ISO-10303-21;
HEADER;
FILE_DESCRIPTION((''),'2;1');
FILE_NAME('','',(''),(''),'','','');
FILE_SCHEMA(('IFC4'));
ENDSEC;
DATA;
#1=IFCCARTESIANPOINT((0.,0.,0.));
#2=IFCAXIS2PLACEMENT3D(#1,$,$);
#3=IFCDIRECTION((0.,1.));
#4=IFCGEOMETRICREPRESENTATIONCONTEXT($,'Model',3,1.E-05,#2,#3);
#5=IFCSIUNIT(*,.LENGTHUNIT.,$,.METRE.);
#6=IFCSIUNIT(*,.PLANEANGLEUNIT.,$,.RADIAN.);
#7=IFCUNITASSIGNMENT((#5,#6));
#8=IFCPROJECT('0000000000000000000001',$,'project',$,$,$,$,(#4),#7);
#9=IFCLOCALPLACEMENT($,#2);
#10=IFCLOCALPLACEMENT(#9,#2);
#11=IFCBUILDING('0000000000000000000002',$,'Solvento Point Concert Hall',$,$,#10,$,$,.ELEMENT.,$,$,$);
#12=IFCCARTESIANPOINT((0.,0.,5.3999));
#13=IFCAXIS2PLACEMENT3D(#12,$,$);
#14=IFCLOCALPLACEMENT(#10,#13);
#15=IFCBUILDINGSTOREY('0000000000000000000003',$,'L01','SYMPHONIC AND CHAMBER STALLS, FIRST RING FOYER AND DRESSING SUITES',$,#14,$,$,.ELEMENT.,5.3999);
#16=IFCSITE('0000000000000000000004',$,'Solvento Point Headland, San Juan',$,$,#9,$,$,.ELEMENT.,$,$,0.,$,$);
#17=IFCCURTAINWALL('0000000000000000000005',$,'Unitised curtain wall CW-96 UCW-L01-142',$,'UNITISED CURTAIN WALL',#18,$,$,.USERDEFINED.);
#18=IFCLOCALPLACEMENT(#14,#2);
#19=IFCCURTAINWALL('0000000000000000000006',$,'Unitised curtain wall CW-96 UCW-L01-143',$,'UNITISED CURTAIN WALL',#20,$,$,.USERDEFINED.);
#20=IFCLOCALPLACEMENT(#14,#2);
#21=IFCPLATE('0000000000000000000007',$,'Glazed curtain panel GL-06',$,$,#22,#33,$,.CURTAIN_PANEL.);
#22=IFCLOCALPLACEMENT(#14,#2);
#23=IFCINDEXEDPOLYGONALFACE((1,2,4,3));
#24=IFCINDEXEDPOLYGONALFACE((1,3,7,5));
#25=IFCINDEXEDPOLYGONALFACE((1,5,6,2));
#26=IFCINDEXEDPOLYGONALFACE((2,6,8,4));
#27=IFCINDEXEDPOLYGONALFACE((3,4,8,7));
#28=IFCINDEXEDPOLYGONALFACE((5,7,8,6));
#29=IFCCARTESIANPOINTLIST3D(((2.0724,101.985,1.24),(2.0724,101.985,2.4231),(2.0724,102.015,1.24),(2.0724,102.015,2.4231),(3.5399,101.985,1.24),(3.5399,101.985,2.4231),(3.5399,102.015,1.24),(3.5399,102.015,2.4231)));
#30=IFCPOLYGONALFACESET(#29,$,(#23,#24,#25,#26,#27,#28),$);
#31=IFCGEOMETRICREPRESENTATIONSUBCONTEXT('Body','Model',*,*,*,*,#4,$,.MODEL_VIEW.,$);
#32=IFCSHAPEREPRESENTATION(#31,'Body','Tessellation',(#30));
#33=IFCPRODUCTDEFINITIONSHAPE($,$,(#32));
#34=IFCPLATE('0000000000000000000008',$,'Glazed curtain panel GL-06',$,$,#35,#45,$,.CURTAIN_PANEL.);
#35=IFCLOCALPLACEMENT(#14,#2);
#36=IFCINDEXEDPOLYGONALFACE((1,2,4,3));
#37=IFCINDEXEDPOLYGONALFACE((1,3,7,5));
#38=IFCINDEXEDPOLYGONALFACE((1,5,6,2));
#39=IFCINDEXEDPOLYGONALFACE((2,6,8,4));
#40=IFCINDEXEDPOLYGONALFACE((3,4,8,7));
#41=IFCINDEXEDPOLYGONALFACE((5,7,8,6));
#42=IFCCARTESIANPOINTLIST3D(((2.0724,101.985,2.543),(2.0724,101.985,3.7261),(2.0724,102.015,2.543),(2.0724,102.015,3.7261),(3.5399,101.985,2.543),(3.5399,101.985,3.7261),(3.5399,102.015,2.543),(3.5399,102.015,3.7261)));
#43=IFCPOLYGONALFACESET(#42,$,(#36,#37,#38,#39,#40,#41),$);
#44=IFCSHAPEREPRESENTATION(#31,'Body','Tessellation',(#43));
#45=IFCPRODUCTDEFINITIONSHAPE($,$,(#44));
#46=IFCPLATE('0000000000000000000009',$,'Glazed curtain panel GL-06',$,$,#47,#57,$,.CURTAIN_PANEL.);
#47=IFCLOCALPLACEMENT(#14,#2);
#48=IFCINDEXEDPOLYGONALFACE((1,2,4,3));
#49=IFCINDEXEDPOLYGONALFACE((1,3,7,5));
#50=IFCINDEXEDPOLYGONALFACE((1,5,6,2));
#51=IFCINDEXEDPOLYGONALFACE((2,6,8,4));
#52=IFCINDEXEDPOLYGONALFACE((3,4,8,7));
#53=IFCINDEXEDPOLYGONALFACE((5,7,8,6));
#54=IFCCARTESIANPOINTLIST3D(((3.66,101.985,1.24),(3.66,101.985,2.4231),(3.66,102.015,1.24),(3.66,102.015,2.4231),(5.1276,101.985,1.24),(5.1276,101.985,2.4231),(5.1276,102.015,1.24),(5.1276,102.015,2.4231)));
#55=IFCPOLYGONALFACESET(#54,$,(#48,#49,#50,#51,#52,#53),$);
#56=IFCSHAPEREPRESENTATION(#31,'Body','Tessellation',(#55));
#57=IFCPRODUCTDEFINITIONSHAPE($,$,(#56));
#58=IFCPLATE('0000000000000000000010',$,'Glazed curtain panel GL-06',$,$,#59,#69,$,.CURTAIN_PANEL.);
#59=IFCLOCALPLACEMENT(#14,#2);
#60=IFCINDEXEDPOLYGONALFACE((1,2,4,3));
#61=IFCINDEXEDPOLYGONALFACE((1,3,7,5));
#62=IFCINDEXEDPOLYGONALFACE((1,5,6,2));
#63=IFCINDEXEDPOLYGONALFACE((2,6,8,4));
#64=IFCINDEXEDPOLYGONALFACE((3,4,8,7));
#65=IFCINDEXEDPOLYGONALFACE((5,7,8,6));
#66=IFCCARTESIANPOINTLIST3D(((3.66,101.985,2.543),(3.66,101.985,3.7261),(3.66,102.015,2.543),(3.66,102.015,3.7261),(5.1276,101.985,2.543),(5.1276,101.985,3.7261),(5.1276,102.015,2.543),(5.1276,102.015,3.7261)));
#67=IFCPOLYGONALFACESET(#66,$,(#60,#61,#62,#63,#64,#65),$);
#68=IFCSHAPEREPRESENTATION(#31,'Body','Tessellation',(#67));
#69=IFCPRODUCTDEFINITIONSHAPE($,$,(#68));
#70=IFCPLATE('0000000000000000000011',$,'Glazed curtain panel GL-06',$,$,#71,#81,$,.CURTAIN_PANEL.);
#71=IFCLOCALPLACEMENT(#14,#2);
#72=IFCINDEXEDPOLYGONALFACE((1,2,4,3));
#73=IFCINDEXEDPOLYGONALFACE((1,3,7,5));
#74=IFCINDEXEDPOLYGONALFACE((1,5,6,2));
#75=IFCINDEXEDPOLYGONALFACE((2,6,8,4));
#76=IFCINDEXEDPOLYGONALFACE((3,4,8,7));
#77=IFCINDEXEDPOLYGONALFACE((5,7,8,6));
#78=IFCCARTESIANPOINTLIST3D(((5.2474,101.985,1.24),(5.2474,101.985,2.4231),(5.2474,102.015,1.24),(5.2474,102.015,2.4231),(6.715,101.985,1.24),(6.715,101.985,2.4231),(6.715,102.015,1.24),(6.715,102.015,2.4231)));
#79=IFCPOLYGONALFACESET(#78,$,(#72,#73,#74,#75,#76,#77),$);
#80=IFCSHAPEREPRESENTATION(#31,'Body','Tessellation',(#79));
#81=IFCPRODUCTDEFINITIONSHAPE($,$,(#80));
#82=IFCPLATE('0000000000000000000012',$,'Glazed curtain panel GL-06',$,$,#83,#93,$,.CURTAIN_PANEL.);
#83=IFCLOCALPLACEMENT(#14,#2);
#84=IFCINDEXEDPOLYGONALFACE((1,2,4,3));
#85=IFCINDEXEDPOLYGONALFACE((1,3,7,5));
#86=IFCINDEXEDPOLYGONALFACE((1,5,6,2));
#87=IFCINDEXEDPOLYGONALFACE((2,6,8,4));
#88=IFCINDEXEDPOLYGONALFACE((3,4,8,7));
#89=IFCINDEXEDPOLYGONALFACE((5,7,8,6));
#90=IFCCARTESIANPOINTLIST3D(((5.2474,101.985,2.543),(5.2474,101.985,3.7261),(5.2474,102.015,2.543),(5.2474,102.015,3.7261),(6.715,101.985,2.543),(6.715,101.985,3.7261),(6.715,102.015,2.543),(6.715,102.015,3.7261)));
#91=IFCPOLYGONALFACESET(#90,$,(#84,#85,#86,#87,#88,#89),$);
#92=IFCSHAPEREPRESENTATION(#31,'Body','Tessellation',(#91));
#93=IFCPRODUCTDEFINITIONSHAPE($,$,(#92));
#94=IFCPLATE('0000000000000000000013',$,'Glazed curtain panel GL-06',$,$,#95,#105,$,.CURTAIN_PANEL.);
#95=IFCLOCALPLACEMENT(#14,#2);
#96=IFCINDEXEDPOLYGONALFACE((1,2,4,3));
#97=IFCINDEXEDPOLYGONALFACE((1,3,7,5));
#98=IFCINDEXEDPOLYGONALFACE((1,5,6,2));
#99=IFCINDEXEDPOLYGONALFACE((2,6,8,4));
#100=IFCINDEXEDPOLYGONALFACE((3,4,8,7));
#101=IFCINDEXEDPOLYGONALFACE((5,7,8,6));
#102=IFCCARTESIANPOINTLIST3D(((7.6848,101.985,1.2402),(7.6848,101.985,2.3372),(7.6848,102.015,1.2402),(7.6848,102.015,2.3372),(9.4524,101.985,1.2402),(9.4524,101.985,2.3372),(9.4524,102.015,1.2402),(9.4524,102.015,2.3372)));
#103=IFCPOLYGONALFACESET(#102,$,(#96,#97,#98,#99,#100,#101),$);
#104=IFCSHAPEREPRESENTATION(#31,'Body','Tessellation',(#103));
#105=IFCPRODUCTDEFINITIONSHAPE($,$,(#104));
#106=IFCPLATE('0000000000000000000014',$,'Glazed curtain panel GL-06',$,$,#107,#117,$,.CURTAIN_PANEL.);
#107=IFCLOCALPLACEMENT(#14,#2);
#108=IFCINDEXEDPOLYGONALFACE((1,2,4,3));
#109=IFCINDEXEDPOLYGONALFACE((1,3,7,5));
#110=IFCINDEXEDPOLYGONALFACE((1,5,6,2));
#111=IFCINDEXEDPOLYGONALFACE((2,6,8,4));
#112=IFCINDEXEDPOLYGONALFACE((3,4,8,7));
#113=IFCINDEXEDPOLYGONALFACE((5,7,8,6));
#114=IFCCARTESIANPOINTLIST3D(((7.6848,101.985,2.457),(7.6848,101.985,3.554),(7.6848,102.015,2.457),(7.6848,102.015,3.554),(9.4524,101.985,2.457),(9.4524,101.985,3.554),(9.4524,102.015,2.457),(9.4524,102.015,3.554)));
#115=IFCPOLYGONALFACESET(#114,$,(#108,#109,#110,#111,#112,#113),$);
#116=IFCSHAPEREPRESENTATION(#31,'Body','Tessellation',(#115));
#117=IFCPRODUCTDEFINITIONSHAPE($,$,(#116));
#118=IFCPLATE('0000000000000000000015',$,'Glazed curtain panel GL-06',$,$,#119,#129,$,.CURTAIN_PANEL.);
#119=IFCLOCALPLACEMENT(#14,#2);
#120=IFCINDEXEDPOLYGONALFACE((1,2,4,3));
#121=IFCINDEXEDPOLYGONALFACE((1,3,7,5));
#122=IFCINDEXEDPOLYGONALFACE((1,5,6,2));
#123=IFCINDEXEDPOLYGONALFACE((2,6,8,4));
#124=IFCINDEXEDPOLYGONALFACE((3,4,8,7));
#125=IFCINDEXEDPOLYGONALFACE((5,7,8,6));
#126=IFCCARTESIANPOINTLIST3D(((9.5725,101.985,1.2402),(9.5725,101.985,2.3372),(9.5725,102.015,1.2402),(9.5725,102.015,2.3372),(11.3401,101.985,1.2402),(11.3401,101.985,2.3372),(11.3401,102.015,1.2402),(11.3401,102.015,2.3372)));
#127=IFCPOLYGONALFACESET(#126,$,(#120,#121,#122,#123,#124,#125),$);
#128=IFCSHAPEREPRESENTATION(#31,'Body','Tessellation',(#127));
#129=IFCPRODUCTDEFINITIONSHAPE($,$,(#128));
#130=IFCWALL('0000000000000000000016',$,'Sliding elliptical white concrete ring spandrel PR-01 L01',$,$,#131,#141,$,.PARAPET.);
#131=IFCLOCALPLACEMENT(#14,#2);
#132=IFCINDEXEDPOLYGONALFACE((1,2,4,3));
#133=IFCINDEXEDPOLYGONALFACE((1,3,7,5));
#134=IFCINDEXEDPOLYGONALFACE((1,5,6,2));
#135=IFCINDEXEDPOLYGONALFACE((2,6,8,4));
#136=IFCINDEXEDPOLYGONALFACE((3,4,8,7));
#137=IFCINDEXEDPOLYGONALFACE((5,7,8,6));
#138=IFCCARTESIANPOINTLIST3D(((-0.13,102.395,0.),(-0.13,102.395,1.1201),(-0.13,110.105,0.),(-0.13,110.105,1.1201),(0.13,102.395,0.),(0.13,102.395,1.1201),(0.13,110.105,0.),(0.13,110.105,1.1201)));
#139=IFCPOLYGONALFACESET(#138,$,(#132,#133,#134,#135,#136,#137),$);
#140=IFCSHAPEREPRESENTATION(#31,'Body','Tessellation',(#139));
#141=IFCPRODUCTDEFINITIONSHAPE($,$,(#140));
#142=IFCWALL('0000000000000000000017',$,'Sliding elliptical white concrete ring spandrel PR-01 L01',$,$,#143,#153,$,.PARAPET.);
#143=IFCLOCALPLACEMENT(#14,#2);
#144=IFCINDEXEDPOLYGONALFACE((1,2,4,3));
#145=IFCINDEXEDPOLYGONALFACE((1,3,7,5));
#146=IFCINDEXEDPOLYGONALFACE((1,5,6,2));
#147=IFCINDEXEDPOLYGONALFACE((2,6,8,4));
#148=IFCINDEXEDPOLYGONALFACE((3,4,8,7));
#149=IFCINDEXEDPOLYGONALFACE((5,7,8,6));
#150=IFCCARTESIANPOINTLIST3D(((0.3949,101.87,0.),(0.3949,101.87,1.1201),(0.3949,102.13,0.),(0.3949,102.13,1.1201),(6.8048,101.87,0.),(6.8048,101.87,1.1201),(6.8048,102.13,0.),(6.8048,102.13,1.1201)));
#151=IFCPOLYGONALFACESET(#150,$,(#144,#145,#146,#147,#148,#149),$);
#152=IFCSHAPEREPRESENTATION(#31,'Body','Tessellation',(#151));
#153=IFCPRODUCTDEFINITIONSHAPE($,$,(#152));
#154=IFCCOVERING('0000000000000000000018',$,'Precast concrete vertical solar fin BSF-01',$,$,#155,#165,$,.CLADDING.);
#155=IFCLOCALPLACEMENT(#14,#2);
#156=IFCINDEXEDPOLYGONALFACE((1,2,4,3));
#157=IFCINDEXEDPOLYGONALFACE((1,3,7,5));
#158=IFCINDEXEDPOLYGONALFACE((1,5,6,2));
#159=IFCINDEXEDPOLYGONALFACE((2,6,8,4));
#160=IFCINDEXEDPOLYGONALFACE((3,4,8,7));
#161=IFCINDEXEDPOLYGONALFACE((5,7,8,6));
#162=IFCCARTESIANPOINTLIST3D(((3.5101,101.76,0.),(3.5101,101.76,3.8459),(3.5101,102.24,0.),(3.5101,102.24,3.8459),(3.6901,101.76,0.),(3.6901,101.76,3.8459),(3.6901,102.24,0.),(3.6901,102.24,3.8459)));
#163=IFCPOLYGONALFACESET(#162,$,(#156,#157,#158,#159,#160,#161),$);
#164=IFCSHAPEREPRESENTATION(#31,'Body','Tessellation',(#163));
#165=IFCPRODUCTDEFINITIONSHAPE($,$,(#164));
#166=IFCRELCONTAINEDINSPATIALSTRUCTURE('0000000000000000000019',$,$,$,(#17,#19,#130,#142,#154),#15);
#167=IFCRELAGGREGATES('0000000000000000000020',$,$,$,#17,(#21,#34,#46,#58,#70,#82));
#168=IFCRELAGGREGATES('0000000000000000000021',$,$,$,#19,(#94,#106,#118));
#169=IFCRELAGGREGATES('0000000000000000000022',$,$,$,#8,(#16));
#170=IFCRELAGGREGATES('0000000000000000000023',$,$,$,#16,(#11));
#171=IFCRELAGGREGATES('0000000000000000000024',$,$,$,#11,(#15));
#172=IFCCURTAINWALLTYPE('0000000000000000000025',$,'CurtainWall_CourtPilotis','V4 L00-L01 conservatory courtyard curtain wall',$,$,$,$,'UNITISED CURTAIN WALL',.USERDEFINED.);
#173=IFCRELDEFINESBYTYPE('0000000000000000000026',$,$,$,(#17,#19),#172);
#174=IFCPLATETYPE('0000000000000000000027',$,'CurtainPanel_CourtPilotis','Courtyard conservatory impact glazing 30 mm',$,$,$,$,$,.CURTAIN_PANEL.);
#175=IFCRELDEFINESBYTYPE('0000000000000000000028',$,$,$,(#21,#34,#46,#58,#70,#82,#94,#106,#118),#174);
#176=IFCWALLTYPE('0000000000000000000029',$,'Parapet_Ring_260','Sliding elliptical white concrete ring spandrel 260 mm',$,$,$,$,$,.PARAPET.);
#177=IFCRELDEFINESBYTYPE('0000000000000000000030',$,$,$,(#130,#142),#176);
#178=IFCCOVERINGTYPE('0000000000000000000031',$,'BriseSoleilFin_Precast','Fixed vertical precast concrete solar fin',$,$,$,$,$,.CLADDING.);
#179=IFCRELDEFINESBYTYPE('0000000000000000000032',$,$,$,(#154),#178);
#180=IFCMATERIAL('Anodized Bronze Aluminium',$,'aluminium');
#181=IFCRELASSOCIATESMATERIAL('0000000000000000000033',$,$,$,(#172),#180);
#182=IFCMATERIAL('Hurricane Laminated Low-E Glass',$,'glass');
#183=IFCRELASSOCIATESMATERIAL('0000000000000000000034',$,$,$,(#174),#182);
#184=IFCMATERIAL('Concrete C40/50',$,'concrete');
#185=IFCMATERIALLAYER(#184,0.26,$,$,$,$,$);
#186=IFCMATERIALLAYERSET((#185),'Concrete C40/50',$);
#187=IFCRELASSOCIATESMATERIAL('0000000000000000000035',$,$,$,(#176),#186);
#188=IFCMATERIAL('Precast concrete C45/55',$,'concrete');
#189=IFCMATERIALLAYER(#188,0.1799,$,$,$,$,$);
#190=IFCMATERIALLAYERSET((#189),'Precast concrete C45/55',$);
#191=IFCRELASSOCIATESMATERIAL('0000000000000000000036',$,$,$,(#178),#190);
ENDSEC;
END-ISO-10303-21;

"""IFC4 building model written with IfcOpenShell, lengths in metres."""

from ifc_helpers import new_model, si_unit, direction, frame, frame_2d, origin, origin_2d, place, context, subcontext, project, spatial, rectangle, extrude, material, layer, layer_set, type_object, element, aggregate, save


model = new_model("IFC4")

# Units and contexts
model_context = context("Model", 3, precision=1e-05, world=origin(), true_north=direction((0.0, 1.0)))
body_context = subcontext(model_context, "Body", "Model", "MODEL_VIEW")
ifc_project = project(units=[si_unit("LENGTHUNIT", "METRE"), si_unit("PLANEANGLEUNIT", "RADIAN")], contexts=[model_context])

# Site, building, storey
site_placement = place(None, origin())
site = spatial("IfcSite", under=ifc_project, at=site_placement, Name="Solvento Point Headland, San Juan", CompositionType="ELEMENT", RefElevation=0.0)
building_placement = place(site_placement, origin())
building = spatial("IfcBuilding", under=site, at=building_placement, Name="Solvento Point Concert Hall", CompositionType="ELEMENT")
storey_placement = place(building_placement, frame((0.0, 0.0, 5.3999)))
storey = spatial("IfcBuildingStorey", under=building, at=storey_placement, Name="L01", Description="SYMPHONIC AND CHAMBER STALLS, FIRST RING FOYER AND DRESSING SUITES", CompositionType="ELEMENT", Elevation=5.3999)

# Curtain walls
ifc_material_1 = material(Name="Anodized Bronze Aluminium", Category="aluminium")
curtain_wall_type = type_object("IfcCurtainWallType", Name="CurtainWall_CourtPilotis", Description="V4 L00-L01 conservatory courtyard curtain wall", ElementType="UNITISED CURTAIN WALL", PredefinedType="USERDEFINED", material=ifc_material_1)
curtain_wall_1_placement = place(storey_placement, origin())
curtain_wall_1 = element("IfcCurtainWall", 1, at=curtain_wall_1_placement, inside=storey, type_object=curtain_wall_type, Name="Unitised curtain wall CW-96 UCW-L01-142", ObjectType="UNITISED CURTAIN WALL", PredefinedType="USERDEFINED")
curtain_wall_2_placement = place(storey_placement, origin())
curtain_wall_2 = element("IfcCurtainWall", 2, at=curtain_wall_2_placement, inside=storey, type_object=curtain_wall_type, Name="Unitised curtain wall CW-96 UCW-L01-143", ObjectType="UNITISED CURTAIN WALL", PredefinedType="USERDEFINED")

# Plates
ifc_material_2 = material(Name="Hurricane Laminated Low-E Glass", Category="glass")
plate_type = type_object("IfcPlateType", Name="CurtainPanel_CourtPilotis", Description="Courtyard conservatory impact glazing 30 mm", PredefinedType="CURTAIN_PANEL", material=ifc_material_2)
plate_1_placement = place(storey_placement, frame((2.8062, 102.0, 1.24), z_axis=(0.0, 0.0, 1.0), x_axis=(1.0, 0.0, 0.0)))
plate_1 = element("IfcPlate", 3, at=plate_1_placement, type_object=plate_type, Name="Glazed curtain panel GL-06", PredefinedType="CURTAIN_PANEL", context=body_context, shape_type="SweptSolid", body=[
    extrude(rectangle(XDim=1.4675, YDim=0.03, at=origin_2d()), origin(), (0.0, 0.0, 1.0), 1.1831),
])
plate_2_placement = place(storey_placement, frame((2.8062, 102.0, 2.543), z_axis=(0.0, 0.0, 1.0), x_axis=(1.0, 0.0, 0.0)))
plate_2 = element("IfcPlate", 4, at=plate_2_placement, type_object=plate_type, Name="Glazed curtain panel GL-06", PredefinedType="CURTAIN_PANEL", context=body_context, shape_type="SweptSolid", body=[
    extrude(rectangle(XDim=1.4675, YDim=0.03, at=origin_2d()), origin(), (0.0, 0.0, 1.0), 1.1831),
])
plate_3_placement = place(storey_placement, frame((4.3938, 102.0, 1.24), z_axis=(0.0, 0.0, 1.0), x_axis=(1.0, 0.0, 0.0)))
plate_3 = element("IfcPlate", 5, at=plate_3_placement, type_object=plate_type, Name="Glazed curtain panel GL-06", PredefinedType="CURTAIN_PANEL", context=body_context, shape_type="SweptSolid", body=[
    extrude(rectangle(XDim=1.4675, YDim=0.03, at=origin_2d()), origin(), (0.0, 0.0, 1.0), 1.1831),
])
plate_4_placement = place(storey_placement, frame((4.3938, 102.0, 2.543), z_axis=(0.0, 0.0, 1.0), x_axis=(1.0, 0.0, 0.0)))
plate_4 = element("IfcPlate", 6, at=plate_4_placement, type_object=plate_type, Name="Glazed curtain panel GL-06", PredefinedType="CURTAIN_PANEL", context=body_context, shape_type="SweptSolid", body=[
    extrude(rectangle(XDim=1.4675, YDim=0.03, at=origin_2d()), origin(), (0.0, 0.0, 1.0), 1.1831),
])
plate_5_placement = place(storey_placement, frame((5.9812, 102.0, 1.24), z_axis=(0.0, 0.0, 1.0), x_axis=(1.0, 0.0, 0.0)))
plate_5 = element("IfcPlate", 7, at=plate_5_placement, type_object=plate_type, Name="Glazed curtain panel GL-06", PredefinedType="CURTAIN_PANEL", context=body_context, shape_type="SweptSolid", body=[
    extrude(rectangle(XDim=1.4675, YDim=0.03, at=origin_2d()), origin(), (0.0, 0.0, 1.0), 1.1831),
])
plate_6_placement = place(storey_placement, frame((5.9812, 102.0, 2.543), z_axis=(0.0, 0.0, 1.0), x_axis=(1.0, 0.0, 0.0)))
plate_6 = element("IfcPlate", 8, at=plate_6_placement, type_object=plate_type, Name="Glazed curtain panel GL-06", PredefinedType="CURTAIN_PANEL", context=body_context, shape_type="SweptSolid", body=[
    extrude(rectangle(XDim=1.4675, YDim=0.03, at=origin_2d()), origin(), (0.0, 0.0, 1.0), 1.1831),
])
aggregate(curtain_wall_1, [plate_1, plate_2, plate_3, plate_4, plate_5, plate_6])
plate_7_placement = place(storey_placement, frame((8.5686, 102.0, 1.2402), z_axis=(0.0, 0.0, 1.0), x_axis=(1.0, 0.0, 0.0)))
plate_7 = element("IfcPlate", 9, at=plate_7_placement, type_object=plate_type, Name="Glazed curtain panel GL-06", PredefinedType="CURTAIN_PANEL", context=body_context, shape_type="SweptSolid", body=[
    extrude(rectangle(XDim=1.7676, YDim=0.03, at=origin_2d()), origin(), (0.0, 0.0, 1.0), 1.0969),
])
plate_8_placement = place(storey_placement, frame((8.5686, 102.0, 2.457), z_axis=(0.0, 0.0, 1.0), x_axis=(1.0, 0.0, 0.0)))
plate_8 = element("IfcPlate", 10, at=plate_8_placement, type_object=plate_type, Name="Glazed curtain panel GL-06", PredefinedType="CURTAIN_PANEL", context=body_context, shape_type="SweptSolid", body=[
    extrude(rectangle(XDim=1.7676, YDim=0.03, at=origin_2d()), origin(), (0.0, 0.0, 1.0), 1.0969),
])
plate_9_placement = place(storey_placement, frame((10.4563, 102.0, 1.2402), z_axis=(0.0, 0.0, 1.0), x_axis=(1.0, 0.0, 0.0)))
plate_9 = element("IfcPlate", 11, at=plate_9_placement, type_object=plate_type, Name="Glazed curtain panel GL-06", PredefinedType="CURTAIN_PANEL", context=body_context, shape_type="SweptSolid", body=[
    extrude(rectangle(XDim=1.7676, YDim=0.03, at=origin_2d()), origin(), (0.0, 0.0, 1.0), 1.0969),
])
aggregate(curtain_wall_2, [plate_7, plate_8, plate_9])

# Walls
ifc_material_3 = material(Name="Concrete C40/50", Category="concrete")
ifc_layer_1 = layer(ifc_material_3, 0.26)
ifc_layer_set_1 = layer_set([ifc_layer_1], Name="Concrete C40/50")
wall_type = type_object("IfcWallType", Name="Parapet_Ring_260", Description="Sliding elliptical white concrete ring spandrel 260 mm", PredefinedType="PARAPET", material=ifc_layer_set_1)
wall_1_placement = place(storey_placement, frame((0.0, 102.395, 0.0), z_axis=(0.0, 0.0, 1.0), x_axis=(0.0, 1.0, 0.0)))
element("IfcWall", 12, at=wall_1_placement, inside=storey, type_object=wall_type, Name="Sliding elliptical white concrete ring spandrel PR-01 L01", PredefinedType="PARAPET", context=body_context, shape_type="SweptSolid", body=[
    extrude(rectangle(XDim=7.71, YDim=0.26, at=frame_2d((3.855, 0.0))), origin(), (0.0, 0.0, 1.0), 1.1201),
])
wall_2_placement = place(storey_placement, frame((6.8049, 102.0, 0.0), z_axis=(0.0, 0.0, 1.0), x_axis=(-1.0, 0.0, 0.0)))
element("IfcWall", 13, at=wall_2_placement, inside=storey, type_object=wall_type, Name="Sliding elliptical white concrete ring spandrel PR-01 L01", PredefinedType="PARAPET", context=body_context, shape_type="SweptSolid", body=[
    extrude(rectangle(XDim=6.4099, YDim=0.26, at=frame_2d((3.2051, 0.0))), origin(), (0.0, 0.0, 1.0), 1.1201),
])

# Covering
ifc_material_4 = material(Name="Precast concrete C45/55", Category="concrete")
ifc_layer_2 = layer(ifc_material_4, 0.1799)
ifc_layer_set_2 = layer_set([ifc_layer_2], Name="Precast concrete C45/55")
covering_type = type_object("IfcCoveringType", Name="BriseSoleilFin_Precast", Description="Fixed vertical precast concrete solar fin", PredefinedType="CLADDING", material=ifc_layer_set_2)
covering_placement = place(storey_placement, frame((3.6001, 102.0, 0.0), z_axis=(0.0, 0.0, 1.0), x_axis=(1.0, 0.0, 0.0)))
element("IfcCovering", 14, at=covering_placement, inside=storey, type_object=covering_type, Name="Precast concrete vertical solar fin BSF-01", PredefinedType="CLADDING", context=body_context, shape_type="SweptSolid", body=[
    extrude(rectangle(XDim=0.1799, YDim=0.48, at=origin_2d()), origin(), (0.0, 0.0, 1.0), 3.8459),
])

save(model, "model.ifc")
